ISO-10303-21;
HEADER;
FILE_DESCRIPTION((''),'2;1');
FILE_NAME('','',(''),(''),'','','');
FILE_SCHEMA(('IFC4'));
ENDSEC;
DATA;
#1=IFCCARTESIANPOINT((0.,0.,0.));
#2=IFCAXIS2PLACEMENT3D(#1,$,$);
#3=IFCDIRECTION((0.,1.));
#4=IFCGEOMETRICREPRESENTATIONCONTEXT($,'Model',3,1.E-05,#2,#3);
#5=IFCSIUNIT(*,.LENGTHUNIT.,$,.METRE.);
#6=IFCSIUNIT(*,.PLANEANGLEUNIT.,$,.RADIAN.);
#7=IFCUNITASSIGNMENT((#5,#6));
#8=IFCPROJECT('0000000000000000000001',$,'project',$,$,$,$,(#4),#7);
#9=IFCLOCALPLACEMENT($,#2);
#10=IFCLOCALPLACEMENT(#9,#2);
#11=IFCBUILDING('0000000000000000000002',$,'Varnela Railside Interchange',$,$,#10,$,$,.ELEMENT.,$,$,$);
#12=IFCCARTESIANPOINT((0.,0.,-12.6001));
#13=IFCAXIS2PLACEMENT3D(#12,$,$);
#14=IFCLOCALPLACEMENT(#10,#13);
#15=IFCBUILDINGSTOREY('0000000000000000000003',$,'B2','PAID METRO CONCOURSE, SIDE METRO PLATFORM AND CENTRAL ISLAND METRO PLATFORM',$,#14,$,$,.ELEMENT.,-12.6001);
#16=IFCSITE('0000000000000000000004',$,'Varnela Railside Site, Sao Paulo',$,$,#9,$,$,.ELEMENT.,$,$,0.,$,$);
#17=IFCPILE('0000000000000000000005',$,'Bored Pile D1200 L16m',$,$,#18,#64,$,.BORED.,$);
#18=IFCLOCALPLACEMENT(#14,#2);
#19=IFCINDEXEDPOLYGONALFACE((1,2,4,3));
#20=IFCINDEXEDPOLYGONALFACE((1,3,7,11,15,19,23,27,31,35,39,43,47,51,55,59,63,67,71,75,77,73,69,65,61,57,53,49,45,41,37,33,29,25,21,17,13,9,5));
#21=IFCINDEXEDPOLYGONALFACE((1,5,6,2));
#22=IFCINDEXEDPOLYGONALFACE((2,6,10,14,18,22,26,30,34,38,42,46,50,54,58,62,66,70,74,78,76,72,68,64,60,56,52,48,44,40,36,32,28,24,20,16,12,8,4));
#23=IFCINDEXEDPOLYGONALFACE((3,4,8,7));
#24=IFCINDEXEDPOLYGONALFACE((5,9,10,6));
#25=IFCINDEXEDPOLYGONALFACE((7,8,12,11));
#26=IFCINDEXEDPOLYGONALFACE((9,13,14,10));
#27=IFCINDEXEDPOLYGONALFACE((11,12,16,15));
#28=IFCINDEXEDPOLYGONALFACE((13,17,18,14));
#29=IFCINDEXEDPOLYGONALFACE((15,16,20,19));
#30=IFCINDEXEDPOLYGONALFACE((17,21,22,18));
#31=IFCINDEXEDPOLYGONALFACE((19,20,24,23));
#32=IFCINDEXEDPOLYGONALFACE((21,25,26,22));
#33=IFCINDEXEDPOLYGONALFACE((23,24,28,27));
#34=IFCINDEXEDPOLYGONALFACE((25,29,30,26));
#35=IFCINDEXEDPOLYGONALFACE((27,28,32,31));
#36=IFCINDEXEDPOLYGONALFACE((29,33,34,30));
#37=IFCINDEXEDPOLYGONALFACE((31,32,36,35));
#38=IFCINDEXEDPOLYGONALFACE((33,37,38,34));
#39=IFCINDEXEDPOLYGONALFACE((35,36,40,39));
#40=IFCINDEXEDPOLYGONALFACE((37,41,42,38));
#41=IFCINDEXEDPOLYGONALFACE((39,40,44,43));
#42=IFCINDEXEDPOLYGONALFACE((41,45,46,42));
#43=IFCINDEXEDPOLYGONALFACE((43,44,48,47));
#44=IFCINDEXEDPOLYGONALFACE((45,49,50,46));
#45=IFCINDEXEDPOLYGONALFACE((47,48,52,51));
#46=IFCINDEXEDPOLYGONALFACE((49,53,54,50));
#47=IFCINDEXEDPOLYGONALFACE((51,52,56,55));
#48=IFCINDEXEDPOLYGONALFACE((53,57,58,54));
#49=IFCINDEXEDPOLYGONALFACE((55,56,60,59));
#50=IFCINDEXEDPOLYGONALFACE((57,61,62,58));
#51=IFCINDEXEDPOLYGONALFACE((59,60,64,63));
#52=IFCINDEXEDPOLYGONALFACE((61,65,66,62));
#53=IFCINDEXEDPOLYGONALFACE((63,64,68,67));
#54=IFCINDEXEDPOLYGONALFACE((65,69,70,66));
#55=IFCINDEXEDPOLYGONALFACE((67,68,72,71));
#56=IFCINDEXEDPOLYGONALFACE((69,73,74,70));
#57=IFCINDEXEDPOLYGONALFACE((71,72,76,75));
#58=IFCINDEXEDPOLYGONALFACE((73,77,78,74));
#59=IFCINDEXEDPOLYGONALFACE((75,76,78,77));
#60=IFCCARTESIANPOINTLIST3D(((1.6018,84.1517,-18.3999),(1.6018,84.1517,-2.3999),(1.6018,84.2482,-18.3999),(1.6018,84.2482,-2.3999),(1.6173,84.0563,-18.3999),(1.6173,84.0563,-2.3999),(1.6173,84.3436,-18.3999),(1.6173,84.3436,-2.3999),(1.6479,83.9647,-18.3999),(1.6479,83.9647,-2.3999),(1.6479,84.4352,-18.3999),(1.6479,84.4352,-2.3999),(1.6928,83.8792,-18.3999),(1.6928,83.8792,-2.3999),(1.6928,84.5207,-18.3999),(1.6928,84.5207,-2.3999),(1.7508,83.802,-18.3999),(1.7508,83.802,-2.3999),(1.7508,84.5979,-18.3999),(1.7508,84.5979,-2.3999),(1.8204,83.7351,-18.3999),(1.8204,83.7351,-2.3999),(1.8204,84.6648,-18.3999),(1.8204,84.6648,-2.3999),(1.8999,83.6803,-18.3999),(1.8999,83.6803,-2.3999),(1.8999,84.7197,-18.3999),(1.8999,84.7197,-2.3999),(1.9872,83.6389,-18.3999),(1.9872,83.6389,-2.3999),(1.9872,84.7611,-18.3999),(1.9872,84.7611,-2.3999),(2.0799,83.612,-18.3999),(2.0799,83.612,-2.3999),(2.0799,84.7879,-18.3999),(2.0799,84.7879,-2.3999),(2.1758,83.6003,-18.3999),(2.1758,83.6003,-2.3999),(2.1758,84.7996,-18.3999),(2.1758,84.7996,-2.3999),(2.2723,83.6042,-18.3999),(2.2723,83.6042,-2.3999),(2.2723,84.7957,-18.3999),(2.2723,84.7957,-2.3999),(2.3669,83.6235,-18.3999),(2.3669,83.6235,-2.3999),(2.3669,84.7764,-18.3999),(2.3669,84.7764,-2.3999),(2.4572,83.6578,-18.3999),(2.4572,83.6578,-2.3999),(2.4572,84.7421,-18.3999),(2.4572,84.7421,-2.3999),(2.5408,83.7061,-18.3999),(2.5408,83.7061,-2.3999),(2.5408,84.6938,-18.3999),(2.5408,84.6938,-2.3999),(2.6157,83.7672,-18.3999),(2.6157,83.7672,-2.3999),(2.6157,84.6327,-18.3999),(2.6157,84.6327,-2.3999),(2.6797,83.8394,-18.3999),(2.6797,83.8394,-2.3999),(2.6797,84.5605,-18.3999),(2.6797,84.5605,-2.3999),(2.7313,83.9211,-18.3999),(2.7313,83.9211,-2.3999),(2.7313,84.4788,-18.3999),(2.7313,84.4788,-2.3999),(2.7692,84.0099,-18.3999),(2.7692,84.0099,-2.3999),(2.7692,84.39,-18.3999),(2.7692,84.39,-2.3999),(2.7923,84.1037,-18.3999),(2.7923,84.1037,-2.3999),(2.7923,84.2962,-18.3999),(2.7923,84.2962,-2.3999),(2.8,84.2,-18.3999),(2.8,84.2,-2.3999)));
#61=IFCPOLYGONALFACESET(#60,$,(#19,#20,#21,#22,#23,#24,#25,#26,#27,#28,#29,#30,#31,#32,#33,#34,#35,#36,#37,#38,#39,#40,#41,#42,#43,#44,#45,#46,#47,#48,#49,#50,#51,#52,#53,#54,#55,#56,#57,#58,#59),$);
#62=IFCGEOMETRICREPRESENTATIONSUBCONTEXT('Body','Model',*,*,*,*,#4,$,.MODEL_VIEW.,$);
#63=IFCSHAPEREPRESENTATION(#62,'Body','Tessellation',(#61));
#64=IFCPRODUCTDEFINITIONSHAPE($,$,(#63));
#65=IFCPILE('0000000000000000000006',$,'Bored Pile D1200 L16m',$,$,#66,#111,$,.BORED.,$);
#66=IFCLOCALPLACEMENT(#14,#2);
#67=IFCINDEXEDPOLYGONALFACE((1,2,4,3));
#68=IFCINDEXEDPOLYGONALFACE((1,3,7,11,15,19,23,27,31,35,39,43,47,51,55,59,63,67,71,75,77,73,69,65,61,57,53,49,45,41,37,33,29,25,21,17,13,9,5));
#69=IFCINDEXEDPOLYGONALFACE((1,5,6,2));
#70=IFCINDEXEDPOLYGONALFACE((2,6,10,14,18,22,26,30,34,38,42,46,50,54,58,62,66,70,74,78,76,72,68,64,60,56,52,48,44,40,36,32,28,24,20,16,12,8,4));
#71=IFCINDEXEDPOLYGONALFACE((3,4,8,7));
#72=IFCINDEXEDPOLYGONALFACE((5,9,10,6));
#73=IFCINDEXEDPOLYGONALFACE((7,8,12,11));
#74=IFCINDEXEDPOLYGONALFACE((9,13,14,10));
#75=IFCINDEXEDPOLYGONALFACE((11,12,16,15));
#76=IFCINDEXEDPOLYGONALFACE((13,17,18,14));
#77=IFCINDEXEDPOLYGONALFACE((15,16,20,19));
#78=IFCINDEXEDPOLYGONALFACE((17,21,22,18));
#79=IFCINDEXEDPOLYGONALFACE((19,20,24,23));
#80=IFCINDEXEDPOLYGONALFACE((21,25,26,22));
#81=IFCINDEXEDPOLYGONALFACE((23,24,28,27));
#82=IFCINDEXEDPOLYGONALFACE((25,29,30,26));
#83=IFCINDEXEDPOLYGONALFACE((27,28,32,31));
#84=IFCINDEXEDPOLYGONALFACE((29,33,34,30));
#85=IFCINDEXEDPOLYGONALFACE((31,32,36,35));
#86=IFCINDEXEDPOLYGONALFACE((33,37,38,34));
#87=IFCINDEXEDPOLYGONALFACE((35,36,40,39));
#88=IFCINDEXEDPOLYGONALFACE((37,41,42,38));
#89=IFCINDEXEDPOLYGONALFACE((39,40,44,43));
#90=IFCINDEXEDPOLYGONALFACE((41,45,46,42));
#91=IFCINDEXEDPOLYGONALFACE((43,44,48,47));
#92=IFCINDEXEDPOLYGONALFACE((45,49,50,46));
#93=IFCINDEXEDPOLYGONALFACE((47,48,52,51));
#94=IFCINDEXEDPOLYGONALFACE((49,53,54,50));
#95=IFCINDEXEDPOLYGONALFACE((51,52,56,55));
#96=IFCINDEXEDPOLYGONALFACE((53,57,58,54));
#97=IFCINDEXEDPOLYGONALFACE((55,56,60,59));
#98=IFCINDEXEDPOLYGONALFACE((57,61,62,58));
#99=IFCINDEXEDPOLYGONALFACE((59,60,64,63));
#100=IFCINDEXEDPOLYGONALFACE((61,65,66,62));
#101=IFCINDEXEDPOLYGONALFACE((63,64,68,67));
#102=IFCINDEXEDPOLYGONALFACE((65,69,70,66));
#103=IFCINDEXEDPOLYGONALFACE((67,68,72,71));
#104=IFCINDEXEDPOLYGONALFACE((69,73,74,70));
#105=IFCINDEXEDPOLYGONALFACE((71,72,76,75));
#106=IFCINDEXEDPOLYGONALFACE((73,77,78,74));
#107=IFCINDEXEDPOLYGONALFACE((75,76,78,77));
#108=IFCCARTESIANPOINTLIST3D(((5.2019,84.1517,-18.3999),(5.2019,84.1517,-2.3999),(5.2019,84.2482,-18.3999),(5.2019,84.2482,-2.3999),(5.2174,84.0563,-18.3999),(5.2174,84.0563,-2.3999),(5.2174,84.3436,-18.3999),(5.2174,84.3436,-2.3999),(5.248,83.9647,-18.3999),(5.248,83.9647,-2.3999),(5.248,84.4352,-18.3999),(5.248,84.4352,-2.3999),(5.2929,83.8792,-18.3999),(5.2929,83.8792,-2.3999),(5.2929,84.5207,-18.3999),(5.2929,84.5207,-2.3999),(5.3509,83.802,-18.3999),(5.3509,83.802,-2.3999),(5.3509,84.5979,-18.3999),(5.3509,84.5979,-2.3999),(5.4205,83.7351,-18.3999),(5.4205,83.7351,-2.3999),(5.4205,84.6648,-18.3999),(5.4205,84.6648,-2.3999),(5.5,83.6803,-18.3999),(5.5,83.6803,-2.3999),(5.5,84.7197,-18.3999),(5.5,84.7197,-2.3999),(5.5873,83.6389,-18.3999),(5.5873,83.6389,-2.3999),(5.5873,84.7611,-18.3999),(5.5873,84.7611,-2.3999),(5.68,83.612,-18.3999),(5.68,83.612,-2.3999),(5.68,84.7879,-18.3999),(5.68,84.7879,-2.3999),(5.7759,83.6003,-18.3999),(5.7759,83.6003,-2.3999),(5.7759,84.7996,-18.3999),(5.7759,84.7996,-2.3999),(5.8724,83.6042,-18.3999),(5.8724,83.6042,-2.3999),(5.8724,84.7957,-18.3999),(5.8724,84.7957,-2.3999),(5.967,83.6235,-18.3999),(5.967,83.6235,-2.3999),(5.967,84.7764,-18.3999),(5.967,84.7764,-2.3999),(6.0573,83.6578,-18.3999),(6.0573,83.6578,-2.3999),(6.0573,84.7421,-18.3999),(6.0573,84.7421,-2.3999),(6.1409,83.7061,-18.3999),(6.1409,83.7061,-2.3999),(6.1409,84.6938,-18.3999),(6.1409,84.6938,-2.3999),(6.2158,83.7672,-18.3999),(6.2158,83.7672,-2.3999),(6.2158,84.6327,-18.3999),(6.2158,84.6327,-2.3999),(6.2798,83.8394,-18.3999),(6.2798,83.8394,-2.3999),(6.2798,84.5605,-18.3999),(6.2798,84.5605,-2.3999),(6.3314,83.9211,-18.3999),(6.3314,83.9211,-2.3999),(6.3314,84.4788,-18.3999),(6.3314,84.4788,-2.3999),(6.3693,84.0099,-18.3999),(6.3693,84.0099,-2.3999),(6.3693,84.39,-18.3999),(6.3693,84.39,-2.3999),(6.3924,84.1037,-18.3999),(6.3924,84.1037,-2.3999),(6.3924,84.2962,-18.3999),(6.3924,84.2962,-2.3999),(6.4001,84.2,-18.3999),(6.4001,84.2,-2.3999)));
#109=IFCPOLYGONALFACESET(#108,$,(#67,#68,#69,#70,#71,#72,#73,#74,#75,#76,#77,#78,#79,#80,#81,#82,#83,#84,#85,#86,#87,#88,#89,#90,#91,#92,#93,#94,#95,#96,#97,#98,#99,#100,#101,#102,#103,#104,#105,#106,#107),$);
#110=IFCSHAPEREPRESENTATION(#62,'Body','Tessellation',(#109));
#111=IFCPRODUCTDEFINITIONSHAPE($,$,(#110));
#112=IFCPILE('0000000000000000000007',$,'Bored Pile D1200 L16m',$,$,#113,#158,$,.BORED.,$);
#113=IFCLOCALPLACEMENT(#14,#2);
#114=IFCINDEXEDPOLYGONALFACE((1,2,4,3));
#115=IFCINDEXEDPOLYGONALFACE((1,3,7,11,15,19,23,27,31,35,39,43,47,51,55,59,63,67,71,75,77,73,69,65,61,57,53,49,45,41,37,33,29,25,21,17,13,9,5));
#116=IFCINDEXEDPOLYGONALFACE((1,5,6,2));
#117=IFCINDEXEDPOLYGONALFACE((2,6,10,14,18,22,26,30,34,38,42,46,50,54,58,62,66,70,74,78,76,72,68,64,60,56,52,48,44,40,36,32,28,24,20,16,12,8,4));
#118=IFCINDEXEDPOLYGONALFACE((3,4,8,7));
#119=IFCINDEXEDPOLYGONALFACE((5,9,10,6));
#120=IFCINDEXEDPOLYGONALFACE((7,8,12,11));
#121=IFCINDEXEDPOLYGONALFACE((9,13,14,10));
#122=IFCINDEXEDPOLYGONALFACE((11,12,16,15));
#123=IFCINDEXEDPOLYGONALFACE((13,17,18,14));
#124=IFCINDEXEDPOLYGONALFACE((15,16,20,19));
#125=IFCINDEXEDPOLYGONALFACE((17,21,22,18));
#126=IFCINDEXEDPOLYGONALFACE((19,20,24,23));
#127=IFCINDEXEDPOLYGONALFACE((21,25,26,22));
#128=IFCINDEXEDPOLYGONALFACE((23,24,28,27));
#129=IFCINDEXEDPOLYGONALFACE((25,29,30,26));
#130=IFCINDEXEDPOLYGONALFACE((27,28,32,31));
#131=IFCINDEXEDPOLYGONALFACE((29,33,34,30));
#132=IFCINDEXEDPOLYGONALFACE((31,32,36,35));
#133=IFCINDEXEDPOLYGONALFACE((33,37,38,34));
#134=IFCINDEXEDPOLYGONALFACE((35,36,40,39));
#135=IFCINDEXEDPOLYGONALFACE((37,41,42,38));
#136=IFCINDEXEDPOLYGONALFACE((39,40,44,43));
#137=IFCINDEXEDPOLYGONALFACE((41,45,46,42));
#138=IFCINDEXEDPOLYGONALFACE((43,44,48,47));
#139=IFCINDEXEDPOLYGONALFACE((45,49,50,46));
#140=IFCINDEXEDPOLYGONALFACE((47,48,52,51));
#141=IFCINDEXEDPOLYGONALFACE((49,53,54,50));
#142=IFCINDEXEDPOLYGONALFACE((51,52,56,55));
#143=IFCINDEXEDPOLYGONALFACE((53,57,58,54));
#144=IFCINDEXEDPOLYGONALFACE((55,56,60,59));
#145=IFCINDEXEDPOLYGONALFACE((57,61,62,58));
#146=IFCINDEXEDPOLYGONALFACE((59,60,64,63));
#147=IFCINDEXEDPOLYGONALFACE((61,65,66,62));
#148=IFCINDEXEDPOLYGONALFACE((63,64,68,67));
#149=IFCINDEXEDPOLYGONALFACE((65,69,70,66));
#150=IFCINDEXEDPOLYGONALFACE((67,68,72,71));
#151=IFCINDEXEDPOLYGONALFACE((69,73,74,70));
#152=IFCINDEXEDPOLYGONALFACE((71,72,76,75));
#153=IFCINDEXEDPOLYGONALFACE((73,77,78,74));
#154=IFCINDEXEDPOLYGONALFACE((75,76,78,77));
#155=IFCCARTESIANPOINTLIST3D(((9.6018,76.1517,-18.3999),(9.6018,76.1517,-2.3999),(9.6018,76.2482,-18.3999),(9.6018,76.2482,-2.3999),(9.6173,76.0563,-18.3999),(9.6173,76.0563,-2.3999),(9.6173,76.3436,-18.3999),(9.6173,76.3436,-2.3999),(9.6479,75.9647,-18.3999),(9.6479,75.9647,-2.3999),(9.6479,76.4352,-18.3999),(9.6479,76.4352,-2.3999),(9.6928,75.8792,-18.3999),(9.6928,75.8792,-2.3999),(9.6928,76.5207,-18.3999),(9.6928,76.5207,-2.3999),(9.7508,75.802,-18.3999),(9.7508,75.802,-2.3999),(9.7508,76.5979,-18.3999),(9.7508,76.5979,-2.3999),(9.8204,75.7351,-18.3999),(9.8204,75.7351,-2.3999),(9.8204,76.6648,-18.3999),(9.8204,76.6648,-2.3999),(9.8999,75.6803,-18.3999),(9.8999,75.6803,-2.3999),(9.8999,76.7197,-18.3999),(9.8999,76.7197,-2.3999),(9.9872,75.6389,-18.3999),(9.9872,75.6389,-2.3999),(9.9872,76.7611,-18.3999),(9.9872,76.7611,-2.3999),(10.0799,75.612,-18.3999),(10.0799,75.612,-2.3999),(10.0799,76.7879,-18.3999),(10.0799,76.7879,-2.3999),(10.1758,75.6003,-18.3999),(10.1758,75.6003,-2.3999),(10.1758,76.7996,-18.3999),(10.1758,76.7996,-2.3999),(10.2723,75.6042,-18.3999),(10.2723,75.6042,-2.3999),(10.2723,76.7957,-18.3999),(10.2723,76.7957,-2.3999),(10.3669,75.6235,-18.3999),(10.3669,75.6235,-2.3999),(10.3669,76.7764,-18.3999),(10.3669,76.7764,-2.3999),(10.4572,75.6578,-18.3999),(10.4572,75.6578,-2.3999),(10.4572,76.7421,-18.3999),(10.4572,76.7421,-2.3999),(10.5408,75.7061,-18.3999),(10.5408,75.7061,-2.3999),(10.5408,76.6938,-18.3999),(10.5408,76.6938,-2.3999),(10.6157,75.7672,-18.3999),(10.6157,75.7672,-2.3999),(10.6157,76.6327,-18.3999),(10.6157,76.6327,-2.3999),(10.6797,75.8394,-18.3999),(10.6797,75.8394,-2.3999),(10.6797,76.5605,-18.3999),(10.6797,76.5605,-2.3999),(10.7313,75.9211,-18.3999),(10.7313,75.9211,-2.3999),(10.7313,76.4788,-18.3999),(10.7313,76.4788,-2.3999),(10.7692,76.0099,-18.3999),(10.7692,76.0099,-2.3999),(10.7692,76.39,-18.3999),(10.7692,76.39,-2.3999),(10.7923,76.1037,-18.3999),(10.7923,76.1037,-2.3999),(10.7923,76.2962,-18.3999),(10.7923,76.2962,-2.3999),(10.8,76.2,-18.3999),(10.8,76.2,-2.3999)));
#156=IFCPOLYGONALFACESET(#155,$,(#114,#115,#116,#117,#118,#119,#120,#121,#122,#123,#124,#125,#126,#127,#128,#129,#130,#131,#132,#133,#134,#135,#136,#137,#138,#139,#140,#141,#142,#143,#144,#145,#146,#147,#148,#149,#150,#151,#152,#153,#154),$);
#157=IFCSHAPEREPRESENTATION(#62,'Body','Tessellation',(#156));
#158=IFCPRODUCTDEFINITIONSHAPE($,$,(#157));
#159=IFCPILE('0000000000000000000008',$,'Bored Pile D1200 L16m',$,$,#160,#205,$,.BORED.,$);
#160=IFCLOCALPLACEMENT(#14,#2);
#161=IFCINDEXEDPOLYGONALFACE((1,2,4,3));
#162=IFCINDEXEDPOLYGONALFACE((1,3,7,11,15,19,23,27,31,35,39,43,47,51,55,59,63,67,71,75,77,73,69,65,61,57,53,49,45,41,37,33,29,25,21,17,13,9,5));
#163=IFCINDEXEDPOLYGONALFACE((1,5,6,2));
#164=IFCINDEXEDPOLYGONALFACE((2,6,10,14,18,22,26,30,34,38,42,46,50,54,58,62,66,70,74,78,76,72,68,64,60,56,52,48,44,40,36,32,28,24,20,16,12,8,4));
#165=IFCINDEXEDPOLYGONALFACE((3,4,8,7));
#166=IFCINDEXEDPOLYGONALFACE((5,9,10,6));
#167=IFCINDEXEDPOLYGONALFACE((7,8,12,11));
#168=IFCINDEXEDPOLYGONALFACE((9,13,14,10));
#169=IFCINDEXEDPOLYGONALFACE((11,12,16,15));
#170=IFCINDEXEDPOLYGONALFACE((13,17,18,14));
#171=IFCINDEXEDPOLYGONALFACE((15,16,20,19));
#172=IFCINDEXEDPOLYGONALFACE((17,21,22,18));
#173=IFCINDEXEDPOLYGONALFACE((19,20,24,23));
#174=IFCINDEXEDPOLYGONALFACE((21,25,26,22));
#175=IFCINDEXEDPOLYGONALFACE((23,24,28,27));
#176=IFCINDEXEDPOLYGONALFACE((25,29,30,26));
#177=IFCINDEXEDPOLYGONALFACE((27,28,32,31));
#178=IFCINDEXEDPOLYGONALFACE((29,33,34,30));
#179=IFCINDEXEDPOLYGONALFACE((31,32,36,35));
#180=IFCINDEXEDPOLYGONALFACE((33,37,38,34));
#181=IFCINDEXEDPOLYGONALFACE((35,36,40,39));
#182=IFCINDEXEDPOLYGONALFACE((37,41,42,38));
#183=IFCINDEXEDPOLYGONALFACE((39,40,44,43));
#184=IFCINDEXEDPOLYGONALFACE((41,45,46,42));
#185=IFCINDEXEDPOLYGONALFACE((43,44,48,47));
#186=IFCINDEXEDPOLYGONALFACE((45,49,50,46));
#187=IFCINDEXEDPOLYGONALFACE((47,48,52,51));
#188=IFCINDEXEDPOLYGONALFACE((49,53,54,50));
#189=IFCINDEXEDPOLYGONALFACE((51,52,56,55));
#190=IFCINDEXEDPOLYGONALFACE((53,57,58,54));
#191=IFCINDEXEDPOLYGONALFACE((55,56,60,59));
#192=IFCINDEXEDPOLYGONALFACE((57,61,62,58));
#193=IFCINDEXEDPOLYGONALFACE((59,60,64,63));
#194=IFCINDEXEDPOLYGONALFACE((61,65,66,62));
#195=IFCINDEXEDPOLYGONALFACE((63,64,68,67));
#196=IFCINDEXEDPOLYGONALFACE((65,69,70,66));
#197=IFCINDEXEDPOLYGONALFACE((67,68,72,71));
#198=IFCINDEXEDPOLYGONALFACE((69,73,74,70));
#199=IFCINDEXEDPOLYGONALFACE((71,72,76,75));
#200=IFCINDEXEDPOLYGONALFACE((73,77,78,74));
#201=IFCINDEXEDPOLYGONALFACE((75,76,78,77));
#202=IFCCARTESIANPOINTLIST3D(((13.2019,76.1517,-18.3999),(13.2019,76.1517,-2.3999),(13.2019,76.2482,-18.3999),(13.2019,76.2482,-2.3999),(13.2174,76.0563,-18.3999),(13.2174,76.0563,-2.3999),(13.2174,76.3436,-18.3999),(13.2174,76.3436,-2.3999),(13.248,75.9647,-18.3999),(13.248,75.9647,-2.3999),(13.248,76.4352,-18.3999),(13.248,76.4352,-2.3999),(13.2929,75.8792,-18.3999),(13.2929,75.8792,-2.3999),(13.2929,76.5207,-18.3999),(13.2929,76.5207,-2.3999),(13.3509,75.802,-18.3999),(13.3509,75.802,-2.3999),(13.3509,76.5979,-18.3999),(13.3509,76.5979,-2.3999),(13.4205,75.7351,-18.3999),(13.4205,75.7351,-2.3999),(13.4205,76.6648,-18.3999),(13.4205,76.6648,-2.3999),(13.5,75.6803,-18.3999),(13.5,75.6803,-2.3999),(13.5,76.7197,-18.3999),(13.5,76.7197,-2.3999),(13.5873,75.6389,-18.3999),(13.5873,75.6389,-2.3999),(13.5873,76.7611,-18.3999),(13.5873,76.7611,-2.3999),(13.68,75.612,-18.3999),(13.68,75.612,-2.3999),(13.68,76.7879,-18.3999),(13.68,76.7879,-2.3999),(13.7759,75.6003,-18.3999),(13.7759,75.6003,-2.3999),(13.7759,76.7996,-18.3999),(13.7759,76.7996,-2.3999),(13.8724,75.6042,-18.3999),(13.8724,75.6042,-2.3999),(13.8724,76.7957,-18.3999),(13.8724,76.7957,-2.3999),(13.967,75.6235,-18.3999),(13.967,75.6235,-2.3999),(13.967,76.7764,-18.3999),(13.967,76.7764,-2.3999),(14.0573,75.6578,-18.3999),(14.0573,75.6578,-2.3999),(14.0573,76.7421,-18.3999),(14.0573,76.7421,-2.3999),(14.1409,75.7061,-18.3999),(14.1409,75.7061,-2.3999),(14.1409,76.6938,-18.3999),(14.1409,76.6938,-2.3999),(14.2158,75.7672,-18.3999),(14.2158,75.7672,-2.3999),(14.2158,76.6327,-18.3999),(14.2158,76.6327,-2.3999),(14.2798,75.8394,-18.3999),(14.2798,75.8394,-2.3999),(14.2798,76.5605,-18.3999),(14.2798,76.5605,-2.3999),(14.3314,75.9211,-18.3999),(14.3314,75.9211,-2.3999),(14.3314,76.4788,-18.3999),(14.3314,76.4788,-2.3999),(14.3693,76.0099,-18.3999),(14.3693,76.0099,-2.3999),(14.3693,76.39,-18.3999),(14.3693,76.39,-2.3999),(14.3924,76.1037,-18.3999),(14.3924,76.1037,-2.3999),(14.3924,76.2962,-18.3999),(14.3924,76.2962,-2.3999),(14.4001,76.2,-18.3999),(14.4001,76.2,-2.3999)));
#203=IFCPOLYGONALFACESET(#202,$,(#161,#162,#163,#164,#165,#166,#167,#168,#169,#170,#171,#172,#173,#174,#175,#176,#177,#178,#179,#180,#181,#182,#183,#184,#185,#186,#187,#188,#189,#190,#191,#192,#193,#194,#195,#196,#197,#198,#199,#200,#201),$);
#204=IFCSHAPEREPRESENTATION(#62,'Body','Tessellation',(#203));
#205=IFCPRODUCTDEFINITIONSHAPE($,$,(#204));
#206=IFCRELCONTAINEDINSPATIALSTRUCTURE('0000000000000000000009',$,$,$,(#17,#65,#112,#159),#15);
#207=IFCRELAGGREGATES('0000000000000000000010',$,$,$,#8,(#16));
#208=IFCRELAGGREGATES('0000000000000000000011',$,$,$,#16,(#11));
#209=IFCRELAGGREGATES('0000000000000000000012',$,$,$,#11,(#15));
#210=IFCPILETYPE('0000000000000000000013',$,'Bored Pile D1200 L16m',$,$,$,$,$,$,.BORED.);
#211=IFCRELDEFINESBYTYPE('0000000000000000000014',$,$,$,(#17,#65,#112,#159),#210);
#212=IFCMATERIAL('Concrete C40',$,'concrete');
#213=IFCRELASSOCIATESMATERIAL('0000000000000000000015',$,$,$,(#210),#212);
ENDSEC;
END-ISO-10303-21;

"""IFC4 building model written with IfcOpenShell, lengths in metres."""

from ifc_helpers import new_model, si_unit, direction, frame, origin, origin_2d, place, context, subcontext, project, spatial, circle, extrude, material, material_profile, profile_set, type_object, element, save


model = new_model("IFC4")

# Units and contexts
model_context = context("Model", 3, precision=1e-05, world=origin(), true_north=direction((0.0, 1.0)))
body_context = subcontext(model_context, "Body", "Model", "MODEL_VIEW")
ifc_project = project(units=[si_unit("LENGTHUNIT", "METRE"), si_unit("PLANEANGLEUNIT", "RADIAN")], contexts=[model_context])

# Site, building, storey
site_placement = place(None, origin())
site = spatial("IfcSite", under=ifc_project, at=site_placement, Name="Varnela Railside Site, Sao Paulo", CompositionType="ELEMENT", RefElevation=0.0)
building_placement = place(site_placement, origin())
building = spatial("IfcBuilding", under=site, at=building_placement, Name="Varnela Railside Interchange", CompositionType="ELEMENT")
storey_placement = place(building_placement, frame((0.0, 0.0, -12.6001)))
storey = spatial("IfcBuildingStorey", under=building, at=storey_placement, Name="B2", Description="PAID METRO CONCOURSE, SIDE METRO PLATFORM AND CENTRAL ISLAND METRO PLATFORM", CompositionType="ELEMENT", Elevation=-12.6001)

# Piles
ifc_material_1 = material(Name="Concrete C40", Category="concrete")
ifc_material_profile_1 = material_profile(ifc_material_1, circle(Radius=0.6001, at=origin_2d()), Name="BORED PILE D1200")
ifc_profile_set_1 = profile_set([ifc_material_profile_1], Name="Concrete C40")
pile_type = type_object("IfcPileType", Name="Bored Pile D1200 L16m", PredefinedType="BORED", material=ifc_profile_set_1)
for number, where, z_axis, x_axis, name in (
    (1, (2.2, 84.2, -2.3999), (0.0, 0.0, -1.0), (1.0, 0.0, 0.0), "Bored Pile D1200 L16m"),
    (2, (5.8, 84.2, -2.3999), (0.0, 0.0, -1.0), (1.0, 0.0, 0.0), "Bored Pile D1200 L16m"),
    (3, (10.2, 76.2, -2.3999), (0.0, 0.0, -1.0), (1.0, 0.0, 0.0), "Bored Pile D1200 L16m"),
    (4, (13.8, 76.2, -2.3999), (0.0, 0.0, -1.0), (1.0, 0.0, 0.0), "Bored Pile D1200 L16m"),
):
    element("IfcPile", number, at=place(storey_placement, frame(where, z_axis=z_axis, x_axis=x_axis)), inside=storey, type_object=pile_type, Name=name, PredefinedType="BORED", context=body_context, shape_type="SweptSolid", body=[
        extrude(circle(Radius=0.6001, at=origin_2d()), origin(), (0.0, 0.0, 1.0), 16.0),
    ])

save(model, "model.ifc")
